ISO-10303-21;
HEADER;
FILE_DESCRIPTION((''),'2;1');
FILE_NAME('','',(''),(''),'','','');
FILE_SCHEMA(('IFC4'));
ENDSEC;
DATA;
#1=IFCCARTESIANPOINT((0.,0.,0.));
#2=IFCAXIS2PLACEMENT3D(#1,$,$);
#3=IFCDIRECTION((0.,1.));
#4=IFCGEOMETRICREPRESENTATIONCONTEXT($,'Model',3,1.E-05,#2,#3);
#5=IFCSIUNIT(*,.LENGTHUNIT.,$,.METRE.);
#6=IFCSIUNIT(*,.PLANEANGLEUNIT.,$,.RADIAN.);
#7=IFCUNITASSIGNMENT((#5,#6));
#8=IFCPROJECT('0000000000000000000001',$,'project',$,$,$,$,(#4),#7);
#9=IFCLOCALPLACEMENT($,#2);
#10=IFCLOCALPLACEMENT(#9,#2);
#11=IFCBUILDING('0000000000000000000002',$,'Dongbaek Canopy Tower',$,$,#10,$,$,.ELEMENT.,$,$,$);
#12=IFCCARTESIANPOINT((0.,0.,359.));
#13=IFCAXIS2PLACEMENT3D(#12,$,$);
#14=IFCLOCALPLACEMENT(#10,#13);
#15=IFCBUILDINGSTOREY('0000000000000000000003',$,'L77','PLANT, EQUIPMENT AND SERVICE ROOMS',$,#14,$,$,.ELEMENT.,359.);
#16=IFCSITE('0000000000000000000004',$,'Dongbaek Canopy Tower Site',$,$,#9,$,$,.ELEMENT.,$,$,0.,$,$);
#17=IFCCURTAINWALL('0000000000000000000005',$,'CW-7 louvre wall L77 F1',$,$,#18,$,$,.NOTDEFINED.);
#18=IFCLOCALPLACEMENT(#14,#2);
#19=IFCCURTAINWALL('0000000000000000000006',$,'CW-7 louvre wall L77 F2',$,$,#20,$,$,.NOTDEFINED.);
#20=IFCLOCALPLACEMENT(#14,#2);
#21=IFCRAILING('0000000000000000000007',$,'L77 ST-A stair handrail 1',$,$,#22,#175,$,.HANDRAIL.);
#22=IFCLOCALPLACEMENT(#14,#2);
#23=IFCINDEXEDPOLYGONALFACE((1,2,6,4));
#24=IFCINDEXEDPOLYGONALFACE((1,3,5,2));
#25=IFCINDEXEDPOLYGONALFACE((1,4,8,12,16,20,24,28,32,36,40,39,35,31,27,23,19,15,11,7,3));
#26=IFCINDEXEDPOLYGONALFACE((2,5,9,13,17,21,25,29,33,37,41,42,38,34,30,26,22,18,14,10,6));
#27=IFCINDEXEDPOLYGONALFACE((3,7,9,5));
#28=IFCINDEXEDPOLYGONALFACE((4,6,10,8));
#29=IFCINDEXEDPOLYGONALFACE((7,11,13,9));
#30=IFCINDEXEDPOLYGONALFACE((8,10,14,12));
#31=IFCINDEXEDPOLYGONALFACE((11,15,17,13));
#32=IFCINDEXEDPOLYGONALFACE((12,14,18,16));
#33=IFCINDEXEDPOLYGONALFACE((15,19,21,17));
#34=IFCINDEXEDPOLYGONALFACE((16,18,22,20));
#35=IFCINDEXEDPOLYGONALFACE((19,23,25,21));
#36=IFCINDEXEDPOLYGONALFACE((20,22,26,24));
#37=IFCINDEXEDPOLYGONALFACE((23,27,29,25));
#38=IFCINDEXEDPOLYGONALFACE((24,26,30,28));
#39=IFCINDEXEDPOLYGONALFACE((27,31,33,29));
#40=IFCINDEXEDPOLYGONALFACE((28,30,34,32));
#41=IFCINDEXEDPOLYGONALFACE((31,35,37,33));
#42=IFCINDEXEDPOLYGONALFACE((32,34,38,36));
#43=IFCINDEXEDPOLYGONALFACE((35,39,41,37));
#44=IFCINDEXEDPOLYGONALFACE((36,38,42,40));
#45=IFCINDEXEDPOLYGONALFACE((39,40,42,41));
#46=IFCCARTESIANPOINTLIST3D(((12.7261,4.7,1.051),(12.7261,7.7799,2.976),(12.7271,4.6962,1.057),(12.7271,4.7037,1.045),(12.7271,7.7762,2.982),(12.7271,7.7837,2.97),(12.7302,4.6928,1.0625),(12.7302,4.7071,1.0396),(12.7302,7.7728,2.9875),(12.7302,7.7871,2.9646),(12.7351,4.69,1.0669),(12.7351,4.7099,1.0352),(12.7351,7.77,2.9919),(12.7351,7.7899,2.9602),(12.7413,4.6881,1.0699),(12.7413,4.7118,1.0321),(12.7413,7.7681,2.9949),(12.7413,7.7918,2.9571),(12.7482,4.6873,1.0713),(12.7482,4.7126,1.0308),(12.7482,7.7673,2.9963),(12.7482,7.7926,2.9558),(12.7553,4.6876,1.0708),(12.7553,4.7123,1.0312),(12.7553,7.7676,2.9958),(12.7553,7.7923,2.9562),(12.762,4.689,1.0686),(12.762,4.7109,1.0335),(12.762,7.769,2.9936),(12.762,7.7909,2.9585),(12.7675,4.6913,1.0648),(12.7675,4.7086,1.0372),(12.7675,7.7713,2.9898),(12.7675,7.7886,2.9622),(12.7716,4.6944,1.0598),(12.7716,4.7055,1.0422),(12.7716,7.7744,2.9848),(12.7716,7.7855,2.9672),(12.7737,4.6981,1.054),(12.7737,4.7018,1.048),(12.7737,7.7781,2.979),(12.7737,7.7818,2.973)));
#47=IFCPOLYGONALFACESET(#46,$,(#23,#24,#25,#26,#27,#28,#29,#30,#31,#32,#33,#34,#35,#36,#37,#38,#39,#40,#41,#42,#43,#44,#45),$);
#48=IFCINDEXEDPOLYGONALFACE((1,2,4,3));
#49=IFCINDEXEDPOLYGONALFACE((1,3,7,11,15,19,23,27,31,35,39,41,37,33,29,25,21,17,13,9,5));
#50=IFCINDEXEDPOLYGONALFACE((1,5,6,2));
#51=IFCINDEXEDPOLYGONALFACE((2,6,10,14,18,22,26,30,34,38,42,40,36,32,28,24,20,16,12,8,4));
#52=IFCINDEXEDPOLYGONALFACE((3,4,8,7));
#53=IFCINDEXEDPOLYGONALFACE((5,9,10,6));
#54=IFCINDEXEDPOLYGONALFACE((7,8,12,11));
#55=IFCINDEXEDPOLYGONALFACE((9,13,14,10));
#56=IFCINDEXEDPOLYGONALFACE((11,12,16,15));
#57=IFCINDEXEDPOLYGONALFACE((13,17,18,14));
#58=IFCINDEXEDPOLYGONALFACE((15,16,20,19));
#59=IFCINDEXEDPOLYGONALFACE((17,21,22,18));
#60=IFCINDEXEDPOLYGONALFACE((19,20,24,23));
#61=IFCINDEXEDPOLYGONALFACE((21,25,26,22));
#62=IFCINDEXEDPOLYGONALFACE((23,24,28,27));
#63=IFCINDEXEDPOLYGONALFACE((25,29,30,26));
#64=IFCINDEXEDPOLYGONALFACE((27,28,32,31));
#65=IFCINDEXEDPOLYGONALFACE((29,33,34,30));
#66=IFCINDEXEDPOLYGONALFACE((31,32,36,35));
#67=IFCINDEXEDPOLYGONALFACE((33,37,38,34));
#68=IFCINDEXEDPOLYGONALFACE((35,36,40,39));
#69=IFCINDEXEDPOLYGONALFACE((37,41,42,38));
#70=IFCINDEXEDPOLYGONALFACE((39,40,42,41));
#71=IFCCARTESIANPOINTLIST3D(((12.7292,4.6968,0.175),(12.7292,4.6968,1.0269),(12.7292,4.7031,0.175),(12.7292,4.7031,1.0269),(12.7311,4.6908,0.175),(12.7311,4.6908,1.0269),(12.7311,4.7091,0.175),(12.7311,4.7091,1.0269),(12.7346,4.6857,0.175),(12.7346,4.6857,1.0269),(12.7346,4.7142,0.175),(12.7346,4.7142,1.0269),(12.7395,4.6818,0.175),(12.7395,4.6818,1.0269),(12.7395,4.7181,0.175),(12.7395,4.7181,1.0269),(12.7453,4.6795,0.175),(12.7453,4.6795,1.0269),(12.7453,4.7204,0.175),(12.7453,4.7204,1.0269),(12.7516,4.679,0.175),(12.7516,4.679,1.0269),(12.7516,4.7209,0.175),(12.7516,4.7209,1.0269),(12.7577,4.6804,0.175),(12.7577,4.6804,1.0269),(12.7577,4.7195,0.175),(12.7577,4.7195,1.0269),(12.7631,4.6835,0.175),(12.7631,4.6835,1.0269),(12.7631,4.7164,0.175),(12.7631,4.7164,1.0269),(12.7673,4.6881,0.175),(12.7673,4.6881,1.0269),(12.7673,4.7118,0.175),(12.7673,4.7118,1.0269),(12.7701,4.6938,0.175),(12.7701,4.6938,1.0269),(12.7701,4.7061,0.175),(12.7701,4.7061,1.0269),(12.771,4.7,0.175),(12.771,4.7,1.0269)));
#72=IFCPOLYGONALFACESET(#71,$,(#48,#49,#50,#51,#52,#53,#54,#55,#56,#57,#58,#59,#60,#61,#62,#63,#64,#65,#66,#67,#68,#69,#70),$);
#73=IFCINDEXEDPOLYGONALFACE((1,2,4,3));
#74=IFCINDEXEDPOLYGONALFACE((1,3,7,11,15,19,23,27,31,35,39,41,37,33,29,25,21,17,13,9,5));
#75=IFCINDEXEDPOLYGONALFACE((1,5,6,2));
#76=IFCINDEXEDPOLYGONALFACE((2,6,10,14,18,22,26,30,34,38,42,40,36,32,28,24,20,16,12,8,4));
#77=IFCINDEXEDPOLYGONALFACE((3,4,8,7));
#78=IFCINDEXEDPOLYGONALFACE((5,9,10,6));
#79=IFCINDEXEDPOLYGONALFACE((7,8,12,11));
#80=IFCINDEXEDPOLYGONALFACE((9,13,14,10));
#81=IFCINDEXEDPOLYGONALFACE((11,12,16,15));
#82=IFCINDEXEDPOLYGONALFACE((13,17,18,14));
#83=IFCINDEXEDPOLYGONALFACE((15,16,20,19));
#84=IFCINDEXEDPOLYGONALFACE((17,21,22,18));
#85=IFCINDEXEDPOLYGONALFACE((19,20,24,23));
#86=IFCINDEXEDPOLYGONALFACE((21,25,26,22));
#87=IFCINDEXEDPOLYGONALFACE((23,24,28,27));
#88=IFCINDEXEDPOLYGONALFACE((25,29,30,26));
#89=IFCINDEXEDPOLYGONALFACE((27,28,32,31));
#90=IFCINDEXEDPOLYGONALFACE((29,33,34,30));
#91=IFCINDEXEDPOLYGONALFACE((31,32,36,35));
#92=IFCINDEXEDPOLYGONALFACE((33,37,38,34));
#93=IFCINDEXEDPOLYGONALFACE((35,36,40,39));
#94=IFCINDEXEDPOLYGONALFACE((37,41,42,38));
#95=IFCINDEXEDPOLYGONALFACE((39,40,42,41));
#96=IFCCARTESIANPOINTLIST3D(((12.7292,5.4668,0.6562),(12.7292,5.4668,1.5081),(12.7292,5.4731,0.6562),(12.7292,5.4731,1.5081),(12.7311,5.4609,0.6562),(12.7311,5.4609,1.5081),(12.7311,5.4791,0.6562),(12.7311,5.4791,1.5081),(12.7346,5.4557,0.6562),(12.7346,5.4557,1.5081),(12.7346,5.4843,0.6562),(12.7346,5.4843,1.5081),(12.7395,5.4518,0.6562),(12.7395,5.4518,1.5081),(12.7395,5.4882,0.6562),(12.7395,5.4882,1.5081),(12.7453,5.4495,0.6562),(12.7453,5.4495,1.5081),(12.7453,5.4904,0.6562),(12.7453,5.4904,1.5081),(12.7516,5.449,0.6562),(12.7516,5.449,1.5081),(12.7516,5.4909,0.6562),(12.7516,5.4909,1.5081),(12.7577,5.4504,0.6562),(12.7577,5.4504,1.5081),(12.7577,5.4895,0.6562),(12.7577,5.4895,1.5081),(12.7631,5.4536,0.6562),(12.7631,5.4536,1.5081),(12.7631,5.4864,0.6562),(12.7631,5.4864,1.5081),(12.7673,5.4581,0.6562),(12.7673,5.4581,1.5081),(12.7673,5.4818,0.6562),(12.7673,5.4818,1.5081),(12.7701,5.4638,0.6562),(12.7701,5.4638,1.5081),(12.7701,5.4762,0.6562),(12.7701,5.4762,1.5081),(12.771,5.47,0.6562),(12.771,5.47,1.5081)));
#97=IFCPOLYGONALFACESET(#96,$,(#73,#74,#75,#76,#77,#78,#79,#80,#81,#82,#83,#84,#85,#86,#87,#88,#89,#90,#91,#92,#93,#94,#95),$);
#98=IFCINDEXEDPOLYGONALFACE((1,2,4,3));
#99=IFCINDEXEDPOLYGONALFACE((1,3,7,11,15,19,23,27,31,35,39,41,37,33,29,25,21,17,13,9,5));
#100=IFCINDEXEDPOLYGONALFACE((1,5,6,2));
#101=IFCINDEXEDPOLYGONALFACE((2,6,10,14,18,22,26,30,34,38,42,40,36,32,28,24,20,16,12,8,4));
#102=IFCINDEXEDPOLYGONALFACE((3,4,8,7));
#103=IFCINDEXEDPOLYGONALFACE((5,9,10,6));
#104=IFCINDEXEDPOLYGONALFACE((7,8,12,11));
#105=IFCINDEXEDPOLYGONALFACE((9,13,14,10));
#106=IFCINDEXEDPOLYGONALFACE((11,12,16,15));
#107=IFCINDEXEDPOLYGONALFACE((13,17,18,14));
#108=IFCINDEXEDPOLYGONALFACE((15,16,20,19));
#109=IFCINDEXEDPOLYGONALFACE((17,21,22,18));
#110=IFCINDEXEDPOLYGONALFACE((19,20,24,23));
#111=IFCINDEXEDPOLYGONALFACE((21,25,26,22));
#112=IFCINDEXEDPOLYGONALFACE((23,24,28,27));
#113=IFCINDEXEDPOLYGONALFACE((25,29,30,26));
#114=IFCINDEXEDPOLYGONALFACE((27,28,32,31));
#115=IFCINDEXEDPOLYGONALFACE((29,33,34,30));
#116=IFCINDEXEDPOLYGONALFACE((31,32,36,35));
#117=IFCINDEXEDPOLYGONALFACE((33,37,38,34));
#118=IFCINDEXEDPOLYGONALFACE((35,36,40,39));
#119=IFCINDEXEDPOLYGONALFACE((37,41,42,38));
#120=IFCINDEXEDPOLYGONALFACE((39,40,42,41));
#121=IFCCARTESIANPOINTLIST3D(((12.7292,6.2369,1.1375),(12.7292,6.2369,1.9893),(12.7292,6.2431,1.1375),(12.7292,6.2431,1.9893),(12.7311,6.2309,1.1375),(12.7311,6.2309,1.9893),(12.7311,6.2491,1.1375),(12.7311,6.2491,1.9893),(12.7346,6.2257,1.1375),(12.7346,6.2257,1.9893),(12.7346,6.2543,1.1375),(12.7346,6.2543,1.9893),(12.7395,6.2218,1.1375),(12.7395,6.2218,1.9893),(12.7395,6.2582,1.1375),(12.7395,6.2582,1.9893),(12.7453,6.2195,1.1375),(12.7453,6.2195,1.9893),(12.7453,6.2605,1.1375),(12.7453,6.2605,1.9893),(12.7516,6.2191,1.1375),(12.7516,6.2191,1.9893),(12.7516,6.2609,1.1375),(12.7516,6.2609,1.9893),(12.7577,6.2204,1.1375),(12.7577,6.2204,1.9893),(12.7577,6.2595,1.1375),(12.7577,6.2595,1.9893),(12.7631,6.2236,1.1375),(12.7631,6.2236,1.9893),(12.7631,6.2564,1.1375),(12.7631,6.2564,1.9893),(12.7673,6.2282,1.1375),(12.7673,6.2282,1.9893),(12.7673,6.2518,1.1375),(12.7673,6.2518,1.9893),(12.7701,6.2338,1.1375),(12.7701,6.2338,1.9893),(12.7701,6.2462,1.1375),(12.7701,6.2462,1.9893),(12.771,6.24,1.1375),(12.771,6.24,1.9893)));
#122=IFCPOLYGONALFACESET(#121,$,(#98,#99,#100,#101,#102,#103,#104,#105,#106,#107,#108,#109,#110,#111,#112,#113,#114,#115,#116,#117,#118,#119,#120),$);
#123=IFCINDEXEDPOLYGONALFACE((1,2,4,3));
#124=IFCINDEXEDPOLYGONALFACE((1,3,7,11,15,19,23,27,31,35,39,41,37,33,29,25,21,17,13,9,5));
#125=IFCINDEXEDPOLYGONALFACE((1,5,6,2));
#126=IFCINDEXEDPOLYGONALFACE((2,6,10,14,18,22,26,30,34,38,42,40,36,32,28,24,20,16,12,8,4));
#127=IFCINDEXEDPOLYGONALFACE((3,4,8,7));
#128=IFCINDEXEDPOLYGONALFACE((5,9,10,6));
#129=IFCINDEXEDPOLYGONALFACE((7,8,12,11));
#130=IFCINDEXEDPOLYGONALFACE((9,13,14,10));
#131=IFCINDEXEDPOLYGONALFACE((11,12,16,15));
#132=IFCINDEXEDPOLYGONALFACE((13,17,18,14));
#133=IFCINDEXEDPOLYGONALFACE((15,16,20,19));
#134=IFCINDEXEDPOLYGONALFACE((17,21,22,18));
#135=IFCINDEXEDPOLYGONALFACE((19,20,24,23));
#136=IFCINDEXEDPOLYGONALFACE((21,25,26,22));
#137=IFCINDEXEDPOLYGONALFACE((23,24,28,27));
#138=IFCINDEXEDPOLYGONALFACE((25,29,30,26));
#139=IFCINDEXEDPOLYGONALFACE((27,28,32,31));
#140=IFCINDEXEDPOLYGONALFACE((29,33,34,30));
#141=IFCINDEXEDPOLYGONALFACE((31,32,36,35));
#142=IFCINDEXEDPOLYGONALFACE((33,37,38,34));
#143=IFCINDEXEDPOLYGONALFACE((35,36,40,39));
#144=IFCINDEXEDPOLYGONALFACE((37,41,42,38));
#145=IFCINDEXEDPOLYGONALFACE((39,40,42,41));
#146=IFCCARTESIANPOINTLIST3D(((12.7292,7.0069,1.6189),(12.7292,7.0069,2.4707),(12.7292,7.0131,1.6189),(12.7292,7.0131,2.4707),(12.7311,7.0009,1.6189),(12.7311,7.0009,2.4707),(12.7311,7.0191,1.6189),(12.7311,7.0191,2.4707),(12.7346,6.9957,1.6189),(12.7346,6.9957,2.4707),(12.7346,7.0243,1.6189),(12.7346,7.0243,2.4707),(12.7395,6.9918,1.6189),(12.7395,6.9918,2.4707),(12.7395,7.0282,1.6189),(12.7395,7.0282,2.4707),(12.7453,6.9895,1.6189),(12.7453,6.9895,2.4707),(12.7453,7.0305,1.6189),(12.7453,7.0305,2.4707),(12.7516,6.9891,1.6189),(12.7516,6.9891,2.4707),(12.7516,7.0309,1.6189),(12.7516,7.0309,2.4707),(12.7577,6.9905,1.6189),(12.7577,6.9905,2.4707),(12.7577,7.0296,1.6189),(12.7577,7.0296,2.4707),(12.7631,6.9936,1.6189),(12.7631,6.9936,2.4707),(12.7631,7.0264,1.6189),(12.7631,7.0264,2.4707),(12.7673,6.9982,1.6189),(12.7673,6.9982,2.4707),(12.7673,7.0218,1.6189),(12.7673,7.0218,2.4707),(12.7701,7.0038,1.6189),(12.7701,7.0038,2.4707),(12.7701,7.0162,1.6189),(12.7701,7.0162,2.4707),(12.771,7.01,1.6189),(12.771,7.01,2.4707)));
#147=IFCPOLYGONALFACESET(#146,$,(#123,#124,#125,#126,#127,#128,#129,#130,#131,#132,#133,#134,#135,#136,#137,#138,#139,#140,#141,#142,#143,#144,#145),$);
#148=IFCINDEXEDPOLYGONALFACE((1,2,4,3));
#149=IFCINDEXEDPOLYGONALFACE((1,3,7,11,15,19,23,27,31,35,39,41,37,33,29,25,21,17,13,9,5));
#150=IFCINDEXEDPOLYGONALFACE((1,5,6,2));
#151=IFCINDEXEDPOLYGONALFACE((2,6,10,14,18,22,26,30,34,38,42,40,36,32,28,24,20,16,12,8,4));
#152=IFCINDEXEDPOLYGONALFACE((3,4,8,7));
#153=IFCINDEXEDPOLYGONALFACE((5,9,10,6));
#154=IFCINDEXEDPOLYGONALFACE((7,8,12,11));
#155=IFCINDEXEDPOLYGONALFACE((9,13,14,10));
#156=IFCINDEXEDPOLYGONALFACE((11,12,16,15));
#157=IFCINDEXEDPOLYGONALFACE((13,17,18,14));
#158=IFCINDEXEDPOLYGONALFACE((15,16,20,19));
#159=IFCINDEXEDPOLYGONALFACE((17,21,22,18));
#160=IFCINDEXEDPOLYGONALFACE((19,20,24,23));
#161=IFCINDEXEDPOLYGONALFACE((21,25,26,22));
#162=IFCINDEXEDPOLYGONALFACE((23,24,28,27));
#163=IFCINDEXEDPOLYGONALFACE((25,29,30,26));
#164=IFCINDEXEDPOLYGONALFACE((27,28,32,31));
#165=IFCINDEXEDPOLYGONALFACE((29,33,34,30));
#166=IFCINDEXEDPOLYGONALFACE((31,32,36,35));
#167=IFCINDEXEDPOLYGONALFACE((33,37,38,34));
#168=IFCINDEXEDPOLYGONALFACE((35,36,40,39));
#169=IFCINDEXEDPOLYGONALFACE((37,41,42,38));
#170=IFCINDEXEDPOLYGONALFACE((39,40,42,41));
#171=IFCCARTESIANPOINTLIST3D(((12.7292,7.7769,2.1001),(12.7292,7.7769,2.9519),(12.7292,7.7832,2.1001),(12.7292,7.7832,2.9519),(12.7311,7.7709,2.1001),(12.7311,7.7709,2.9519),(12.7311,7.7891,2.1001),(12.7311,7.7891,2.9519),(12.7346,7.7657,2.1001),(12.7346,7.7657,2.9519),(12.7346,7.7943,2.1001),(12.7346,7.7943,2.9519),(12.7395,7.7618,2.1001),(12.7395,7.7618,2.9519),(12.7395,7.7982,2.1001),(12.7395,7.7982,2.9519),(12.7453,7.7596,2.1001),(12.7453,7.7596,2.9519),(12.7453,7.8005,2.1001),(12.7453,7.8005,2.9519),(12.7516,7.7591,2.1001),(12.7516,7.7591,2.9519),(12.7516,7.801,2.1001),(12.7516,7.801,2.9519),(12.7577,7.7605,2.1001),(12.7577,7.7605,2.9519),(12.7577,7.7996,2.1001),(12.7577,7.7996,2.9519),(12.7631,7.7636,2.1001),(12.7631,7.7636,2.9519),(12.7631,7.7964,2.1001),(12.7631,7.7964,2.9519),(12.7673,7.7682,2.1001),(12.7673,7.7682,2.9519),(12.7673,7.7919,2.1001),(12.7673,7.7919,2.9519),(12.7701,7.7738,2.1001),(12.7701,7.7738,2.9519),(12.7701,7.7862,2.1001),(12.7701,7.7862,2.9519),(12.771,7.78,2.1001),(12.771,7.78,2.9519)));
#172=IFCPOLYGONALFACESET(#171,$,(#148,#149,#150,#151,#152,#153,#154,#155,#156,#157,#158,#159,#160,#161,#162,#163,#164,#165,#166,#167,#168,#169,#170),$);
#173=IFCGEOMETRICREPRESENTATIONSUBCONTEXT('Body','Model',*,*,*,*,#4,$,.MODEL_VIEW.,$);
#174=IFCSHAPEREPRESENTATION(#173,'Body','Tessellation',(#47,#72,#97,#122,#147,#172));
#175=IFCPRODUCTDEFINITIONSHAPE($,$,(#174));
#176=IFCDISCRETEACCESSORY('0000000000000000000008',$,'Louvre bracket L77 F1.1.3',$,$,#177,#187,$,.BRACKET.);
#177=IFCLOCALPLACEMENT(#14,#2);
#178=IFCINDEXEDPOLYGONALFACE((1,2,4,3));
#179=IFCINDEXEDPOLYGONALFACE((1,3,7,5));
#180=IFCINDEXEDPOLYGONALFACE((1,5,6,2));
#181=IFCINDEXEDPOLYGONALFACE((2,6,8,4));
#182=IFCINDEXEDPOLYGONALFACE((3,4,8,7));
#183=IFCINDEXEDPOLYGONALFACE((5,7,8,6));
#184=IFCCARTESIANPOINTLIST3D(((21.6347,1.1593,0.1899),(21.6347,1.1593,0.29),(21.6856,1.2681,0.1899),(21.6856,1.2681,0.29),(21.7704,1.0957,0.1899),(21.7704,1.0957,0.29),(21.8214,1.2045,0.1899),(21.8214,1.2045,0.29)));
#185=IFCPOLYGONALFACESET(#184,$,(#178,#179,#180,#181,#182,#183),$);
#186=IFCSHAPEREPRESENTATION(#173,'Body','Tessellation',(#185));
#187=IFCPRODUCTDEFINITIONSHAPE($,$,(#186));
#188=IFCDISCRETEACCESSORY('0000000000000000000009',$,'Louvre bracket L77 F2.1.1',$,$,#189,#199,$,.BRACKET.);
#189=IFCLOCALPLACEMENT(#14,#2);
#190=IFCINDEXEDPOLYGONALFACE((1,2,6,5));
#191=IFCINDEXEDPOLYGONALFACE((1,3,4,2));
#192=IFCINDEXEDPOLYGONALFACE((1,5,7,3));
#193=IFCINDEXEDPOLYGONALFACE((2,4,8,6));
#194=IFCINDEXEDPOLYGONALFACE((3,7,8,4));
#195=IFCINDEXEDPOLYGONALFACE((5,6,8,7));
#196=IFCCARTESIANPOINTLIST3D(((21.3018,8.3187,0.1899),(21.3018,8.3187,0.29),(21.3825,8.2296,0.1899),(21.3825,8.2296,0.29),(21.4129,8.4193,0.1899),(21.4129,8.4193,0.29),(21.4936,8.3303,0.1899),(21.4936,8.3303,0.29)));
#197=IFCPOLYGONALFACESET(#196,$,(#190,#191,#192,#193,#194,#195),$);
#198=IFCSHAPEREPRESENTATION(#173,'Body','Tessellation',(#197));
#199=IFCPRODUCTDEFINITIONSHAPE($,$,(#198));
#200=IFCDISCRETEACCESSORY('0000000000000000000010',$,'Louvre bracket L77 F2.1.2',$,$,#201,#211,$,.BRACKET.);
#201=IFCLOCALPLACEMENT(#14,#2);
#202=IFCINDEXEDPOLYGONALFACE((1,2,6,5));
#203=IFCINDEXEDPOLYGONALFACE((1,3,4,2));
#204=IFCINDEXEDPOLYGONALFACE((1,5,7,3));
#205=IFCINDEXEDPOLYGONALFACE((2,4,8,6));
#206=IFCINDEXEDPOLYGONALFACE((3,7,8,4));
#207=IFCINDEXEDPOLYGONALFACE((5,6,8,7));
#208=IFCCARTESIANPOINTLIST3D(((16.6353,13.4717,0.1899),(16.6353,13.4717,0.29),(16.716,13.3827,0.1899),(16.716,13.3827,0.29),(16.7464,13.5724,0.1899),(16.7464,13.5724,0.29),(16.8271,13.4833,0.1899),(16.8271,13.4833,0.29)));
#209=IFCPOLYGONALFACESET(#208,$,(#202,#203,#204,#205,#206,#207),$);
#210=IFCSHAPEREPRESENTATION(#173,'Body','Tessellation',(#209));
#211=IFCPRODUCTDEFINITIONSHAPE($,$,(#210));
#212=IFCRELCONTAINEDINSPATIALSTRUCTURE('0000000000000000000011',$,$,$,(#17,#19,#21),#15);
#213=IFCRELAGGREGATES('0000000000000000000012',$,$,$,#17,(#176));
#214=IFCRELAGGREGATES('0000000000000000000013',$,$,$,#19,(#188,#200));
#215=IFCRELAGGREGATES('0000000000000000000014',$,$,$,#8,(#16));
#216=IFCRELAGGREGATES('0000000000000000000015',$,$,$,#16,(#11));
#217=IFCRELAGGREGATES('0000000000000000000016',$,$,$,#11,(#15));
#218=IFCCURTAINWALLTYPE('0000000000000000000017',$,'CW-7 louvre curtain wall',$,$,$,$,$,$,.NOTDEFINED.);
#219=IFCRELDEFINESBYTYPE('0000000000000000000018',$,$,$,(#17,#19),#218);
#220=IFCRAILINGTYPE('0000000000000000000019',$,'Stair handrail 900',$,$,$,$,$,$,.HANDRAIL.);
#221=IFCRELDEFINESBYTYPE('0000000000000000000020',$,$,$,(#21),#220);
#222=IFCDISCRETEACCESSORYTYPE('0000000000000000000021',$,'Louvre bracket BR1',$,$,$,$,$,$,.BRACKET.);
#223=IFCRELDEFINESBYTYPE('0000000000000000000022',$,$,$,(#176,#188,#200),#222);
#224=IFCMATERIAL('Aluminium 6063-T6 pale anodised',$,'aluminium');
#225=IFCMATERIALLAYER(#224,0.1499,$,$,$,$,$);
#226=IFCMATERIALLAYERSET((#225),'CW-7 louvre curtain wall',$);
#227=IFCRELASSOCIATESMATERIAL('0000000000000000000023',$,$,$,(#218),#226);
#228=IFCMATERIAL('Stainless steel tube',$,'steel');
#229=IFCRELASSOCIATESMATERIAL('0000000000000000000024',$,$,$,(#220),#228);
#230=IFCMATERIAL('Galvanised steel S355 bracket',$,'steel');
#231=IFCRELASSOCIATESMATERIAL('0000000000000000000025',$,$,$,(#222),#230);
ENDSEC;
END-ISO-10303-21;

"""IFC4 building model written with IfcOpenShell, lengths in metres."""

from ifc_helpers import new_model, si_unit, direction, frame, origin, origin_2d, place, context, subcontext, project, spatial, rectangle, circle, extrude, material, layer, layer_set, type_object, element, aggregate, save


model = new_model("IFC4")

# Units and contexts
model_context = context("Model", 3, precision=1e-05, world=origin(), true_north=direction((0.0, 1.0)))
body_context = subcontext(model_context, "Body", "Model", "MODEL_VIEW")
ifc_project = project(units=[si_unit("LENGTHUNIT", "METRE"), si_unit("PLANEANGLEUNIT", "RADIAN")], contexts=[model_context])

# Site, building, storey
site_placement = place(None, origin())
site = spatial("IfcSite", under=ifc_project, at=site_placement, Name="Dongbaek Canopy Tower Site", CompositionType="ELEMENT", RefElevation=0.0)
building_placement = place(site_placement, origin())
building = spatial("IfcBuilding", under=site, at=building_placement, Name="Dongbaek Canopy Tower", CompositionType="ELEMENT")
storey_placement = place(building_placement, frame((0.0, 0.0, 359.0)))
storey = spatial("IfcBuildingStorey", under=building, at=storey_placement, Name="L77", Description="PLANT, EQUIPMENT AND SERVICE ROOMS", CompositionType="ELEMENT", Elevation=359.0)

# Curtain wall
ifc_material_1 = material(Name="Aluminium 6063-T6 pale anodised", Category="aluminium")
ifc_layer_1 = layer(ifc_material_1, 0.1499)
ifc_layer_set_1 = layer_set([ifc_layer_1], Name="CW-7 louvre curtain wall")
curtain_wall_type = type_object("IfcCurtainWallType", Name="CW-7 louvre curtain wall", PredefinedType="NOTDEFINED", material=ifc_layer_set_1)
curtain_wall_1_placement = place(storey_placement, origin())
curtain_wall_1 = element("IfcCurtainWall", 1, at=curtain_wall_1_placement, inside=storey, type_object=curtain_wall_type, Name="CW-7 louvre wall L77 F1", PredefinedType="NOTDEFINED")

# Curtain wall
curtain_wall_2_placement = place(storey_placement, origin())
curtain_wall_2 = element("IfcCurtainWall", 2, at=curtain_wall_2_placement, inside=storey, type_object=curtain_wall_type, Name="CW-7 louvre wall L77 F2", PredefinedType="NOTDEFINED")

# Railing
ifc_material_2 = material(Name="Stainless steel tube", Category="steel")
railing_type_1 = type_object("IfcRailingType", Name="Stair handrail 900", PredefinedType="HANDRAIL", material=ifc_material_2)
railing_1_placement = place(storey_placement, frame((12.75, 4.7, 0.175)))
element("IfcRailing", 3, at=railing_1_placement, inside=storey, type_object=railing_type_1, Name="L77 ST-A stair handrail 1", PredefinedType="HANDRAIL", context=body_context, shape_type="SweptSolid", body=[
    extrude(circle(Radius=0.0239, at=origin_2d()), frame((0.0, 0.0, 0.876), z_axis=(0.0, 0.847998, 0.529999), x_axis=(-1.0, 0.0, 0.0)), (0.0, 0.0, 1.0), 3.6321),
    extrude(circle(Radius=0.021, at=origin_2d()), origin(), (0.0, 0.0, 1.0), 0.8518),
    extrude(circle(Radius=0.021, at=origin_2d()), frame((0.0, 0.77, 0.4812)), (0.0, 0.0, 1.0), 0.8518),
    extrude(circle(Radius=0.021, at=origin_2d()), frame((0.0, 1.54, 0.9624)), (0.0, 0.0, 1.0), 0.8518),
    extrude(circle(Radius=0.021, at=origin_2d()), frame((0.0, 2.3101, 1.4438)), (0.0, 0.0, 1.0), 0.8518),
    extrude(circle(Radius=0.021, at=origin_2d()), frame((0.0, 3.0801, 1.925)), (0.0, 0.0, 1.0), 0.8518),
])

# Discrete accessories
ifc_material_3 = material(Name="Galvanised steel S355 bracket", Category="steel")
discrete_accessory_type = type_object("IfcDiscreteAccessoryType", Name="Louvre bracket BR1", PredefinedType="BRACKET", material=ifc_material_3)
discrete_accessory_1_placement = place(storey_placement, frame((21.728, 1.1819, 0.1899), z_axis=(0.0, 0.0, 1.0), x_axis=(0.424123, 0.905605, 0.0)))
discrete_accessory_1 = element("IfcDiscreteAccessory", 4, at=discrete_accessory_1_placement, type_object=discrete_accessory_type, Name="Louvre bracket L77 F1.1.3", PredefinedType="BRACKET", context=body_context, shape_type="SweptSolid", body=[
    extrude(rectangle(XDim=0.1201, YDim=0.1499, at=origin_2d()), origin(), (0.0, 0.0, 1.0), 0.1001),
])
aggregate(curtain_wall_1, [discrete_accessory_1])
discrete_accessory_2_placement = place(storey_placement, frame((21.3977, 8.3245, 0.1899), z_axis=(0.0, 0.0, 1.0), x_axis=(-0.67126, 0.741222, 0.0)))
discrete_accessory_2 = element("IfcDiscreteAccessory", 5, at=discrete_accessory_2_placement, type_object=discrete_accessory_type, Name="Louvre bracket L77 F2.1.1", PredefinedType="BRACKET", context=body_context, shape_type="SweptSolid", body=[
    extrude(rectangle(XDim=0.1201, YDim=0.1499, at=origin_2d()), origin(), (0.0, 0.0, 1.0), 0.1001),
])
discrete_accessory_3_placement = place(storey_placement, frame((16.7312, 13.4775, 0.1899), z_axis=(0.0, 0.0, 1.0), x_axis=(-0.67126, 0.741222, 0.0)))
discrete_accessory_3 = element("IfcDiscreteAccessory", 6, at=discrete_accessory_3_placement, type_object=discrete_accessory_type, Name="Louvre bracket L77 F2.1.2", PredefinedType="BRACKET", context=body_context, shape_type="SweptSolid", body=[
    extrude(rectangle(XDim=0.1201, YDim=0.1499, at=origin_2d()), origin(), (0.0, 0.0, 1.0), 0.1001),
])
aggregate(curtain_wall_2, [discrete_accessory_2, discrete_accessory_3])

save(model, "model.ifc")
